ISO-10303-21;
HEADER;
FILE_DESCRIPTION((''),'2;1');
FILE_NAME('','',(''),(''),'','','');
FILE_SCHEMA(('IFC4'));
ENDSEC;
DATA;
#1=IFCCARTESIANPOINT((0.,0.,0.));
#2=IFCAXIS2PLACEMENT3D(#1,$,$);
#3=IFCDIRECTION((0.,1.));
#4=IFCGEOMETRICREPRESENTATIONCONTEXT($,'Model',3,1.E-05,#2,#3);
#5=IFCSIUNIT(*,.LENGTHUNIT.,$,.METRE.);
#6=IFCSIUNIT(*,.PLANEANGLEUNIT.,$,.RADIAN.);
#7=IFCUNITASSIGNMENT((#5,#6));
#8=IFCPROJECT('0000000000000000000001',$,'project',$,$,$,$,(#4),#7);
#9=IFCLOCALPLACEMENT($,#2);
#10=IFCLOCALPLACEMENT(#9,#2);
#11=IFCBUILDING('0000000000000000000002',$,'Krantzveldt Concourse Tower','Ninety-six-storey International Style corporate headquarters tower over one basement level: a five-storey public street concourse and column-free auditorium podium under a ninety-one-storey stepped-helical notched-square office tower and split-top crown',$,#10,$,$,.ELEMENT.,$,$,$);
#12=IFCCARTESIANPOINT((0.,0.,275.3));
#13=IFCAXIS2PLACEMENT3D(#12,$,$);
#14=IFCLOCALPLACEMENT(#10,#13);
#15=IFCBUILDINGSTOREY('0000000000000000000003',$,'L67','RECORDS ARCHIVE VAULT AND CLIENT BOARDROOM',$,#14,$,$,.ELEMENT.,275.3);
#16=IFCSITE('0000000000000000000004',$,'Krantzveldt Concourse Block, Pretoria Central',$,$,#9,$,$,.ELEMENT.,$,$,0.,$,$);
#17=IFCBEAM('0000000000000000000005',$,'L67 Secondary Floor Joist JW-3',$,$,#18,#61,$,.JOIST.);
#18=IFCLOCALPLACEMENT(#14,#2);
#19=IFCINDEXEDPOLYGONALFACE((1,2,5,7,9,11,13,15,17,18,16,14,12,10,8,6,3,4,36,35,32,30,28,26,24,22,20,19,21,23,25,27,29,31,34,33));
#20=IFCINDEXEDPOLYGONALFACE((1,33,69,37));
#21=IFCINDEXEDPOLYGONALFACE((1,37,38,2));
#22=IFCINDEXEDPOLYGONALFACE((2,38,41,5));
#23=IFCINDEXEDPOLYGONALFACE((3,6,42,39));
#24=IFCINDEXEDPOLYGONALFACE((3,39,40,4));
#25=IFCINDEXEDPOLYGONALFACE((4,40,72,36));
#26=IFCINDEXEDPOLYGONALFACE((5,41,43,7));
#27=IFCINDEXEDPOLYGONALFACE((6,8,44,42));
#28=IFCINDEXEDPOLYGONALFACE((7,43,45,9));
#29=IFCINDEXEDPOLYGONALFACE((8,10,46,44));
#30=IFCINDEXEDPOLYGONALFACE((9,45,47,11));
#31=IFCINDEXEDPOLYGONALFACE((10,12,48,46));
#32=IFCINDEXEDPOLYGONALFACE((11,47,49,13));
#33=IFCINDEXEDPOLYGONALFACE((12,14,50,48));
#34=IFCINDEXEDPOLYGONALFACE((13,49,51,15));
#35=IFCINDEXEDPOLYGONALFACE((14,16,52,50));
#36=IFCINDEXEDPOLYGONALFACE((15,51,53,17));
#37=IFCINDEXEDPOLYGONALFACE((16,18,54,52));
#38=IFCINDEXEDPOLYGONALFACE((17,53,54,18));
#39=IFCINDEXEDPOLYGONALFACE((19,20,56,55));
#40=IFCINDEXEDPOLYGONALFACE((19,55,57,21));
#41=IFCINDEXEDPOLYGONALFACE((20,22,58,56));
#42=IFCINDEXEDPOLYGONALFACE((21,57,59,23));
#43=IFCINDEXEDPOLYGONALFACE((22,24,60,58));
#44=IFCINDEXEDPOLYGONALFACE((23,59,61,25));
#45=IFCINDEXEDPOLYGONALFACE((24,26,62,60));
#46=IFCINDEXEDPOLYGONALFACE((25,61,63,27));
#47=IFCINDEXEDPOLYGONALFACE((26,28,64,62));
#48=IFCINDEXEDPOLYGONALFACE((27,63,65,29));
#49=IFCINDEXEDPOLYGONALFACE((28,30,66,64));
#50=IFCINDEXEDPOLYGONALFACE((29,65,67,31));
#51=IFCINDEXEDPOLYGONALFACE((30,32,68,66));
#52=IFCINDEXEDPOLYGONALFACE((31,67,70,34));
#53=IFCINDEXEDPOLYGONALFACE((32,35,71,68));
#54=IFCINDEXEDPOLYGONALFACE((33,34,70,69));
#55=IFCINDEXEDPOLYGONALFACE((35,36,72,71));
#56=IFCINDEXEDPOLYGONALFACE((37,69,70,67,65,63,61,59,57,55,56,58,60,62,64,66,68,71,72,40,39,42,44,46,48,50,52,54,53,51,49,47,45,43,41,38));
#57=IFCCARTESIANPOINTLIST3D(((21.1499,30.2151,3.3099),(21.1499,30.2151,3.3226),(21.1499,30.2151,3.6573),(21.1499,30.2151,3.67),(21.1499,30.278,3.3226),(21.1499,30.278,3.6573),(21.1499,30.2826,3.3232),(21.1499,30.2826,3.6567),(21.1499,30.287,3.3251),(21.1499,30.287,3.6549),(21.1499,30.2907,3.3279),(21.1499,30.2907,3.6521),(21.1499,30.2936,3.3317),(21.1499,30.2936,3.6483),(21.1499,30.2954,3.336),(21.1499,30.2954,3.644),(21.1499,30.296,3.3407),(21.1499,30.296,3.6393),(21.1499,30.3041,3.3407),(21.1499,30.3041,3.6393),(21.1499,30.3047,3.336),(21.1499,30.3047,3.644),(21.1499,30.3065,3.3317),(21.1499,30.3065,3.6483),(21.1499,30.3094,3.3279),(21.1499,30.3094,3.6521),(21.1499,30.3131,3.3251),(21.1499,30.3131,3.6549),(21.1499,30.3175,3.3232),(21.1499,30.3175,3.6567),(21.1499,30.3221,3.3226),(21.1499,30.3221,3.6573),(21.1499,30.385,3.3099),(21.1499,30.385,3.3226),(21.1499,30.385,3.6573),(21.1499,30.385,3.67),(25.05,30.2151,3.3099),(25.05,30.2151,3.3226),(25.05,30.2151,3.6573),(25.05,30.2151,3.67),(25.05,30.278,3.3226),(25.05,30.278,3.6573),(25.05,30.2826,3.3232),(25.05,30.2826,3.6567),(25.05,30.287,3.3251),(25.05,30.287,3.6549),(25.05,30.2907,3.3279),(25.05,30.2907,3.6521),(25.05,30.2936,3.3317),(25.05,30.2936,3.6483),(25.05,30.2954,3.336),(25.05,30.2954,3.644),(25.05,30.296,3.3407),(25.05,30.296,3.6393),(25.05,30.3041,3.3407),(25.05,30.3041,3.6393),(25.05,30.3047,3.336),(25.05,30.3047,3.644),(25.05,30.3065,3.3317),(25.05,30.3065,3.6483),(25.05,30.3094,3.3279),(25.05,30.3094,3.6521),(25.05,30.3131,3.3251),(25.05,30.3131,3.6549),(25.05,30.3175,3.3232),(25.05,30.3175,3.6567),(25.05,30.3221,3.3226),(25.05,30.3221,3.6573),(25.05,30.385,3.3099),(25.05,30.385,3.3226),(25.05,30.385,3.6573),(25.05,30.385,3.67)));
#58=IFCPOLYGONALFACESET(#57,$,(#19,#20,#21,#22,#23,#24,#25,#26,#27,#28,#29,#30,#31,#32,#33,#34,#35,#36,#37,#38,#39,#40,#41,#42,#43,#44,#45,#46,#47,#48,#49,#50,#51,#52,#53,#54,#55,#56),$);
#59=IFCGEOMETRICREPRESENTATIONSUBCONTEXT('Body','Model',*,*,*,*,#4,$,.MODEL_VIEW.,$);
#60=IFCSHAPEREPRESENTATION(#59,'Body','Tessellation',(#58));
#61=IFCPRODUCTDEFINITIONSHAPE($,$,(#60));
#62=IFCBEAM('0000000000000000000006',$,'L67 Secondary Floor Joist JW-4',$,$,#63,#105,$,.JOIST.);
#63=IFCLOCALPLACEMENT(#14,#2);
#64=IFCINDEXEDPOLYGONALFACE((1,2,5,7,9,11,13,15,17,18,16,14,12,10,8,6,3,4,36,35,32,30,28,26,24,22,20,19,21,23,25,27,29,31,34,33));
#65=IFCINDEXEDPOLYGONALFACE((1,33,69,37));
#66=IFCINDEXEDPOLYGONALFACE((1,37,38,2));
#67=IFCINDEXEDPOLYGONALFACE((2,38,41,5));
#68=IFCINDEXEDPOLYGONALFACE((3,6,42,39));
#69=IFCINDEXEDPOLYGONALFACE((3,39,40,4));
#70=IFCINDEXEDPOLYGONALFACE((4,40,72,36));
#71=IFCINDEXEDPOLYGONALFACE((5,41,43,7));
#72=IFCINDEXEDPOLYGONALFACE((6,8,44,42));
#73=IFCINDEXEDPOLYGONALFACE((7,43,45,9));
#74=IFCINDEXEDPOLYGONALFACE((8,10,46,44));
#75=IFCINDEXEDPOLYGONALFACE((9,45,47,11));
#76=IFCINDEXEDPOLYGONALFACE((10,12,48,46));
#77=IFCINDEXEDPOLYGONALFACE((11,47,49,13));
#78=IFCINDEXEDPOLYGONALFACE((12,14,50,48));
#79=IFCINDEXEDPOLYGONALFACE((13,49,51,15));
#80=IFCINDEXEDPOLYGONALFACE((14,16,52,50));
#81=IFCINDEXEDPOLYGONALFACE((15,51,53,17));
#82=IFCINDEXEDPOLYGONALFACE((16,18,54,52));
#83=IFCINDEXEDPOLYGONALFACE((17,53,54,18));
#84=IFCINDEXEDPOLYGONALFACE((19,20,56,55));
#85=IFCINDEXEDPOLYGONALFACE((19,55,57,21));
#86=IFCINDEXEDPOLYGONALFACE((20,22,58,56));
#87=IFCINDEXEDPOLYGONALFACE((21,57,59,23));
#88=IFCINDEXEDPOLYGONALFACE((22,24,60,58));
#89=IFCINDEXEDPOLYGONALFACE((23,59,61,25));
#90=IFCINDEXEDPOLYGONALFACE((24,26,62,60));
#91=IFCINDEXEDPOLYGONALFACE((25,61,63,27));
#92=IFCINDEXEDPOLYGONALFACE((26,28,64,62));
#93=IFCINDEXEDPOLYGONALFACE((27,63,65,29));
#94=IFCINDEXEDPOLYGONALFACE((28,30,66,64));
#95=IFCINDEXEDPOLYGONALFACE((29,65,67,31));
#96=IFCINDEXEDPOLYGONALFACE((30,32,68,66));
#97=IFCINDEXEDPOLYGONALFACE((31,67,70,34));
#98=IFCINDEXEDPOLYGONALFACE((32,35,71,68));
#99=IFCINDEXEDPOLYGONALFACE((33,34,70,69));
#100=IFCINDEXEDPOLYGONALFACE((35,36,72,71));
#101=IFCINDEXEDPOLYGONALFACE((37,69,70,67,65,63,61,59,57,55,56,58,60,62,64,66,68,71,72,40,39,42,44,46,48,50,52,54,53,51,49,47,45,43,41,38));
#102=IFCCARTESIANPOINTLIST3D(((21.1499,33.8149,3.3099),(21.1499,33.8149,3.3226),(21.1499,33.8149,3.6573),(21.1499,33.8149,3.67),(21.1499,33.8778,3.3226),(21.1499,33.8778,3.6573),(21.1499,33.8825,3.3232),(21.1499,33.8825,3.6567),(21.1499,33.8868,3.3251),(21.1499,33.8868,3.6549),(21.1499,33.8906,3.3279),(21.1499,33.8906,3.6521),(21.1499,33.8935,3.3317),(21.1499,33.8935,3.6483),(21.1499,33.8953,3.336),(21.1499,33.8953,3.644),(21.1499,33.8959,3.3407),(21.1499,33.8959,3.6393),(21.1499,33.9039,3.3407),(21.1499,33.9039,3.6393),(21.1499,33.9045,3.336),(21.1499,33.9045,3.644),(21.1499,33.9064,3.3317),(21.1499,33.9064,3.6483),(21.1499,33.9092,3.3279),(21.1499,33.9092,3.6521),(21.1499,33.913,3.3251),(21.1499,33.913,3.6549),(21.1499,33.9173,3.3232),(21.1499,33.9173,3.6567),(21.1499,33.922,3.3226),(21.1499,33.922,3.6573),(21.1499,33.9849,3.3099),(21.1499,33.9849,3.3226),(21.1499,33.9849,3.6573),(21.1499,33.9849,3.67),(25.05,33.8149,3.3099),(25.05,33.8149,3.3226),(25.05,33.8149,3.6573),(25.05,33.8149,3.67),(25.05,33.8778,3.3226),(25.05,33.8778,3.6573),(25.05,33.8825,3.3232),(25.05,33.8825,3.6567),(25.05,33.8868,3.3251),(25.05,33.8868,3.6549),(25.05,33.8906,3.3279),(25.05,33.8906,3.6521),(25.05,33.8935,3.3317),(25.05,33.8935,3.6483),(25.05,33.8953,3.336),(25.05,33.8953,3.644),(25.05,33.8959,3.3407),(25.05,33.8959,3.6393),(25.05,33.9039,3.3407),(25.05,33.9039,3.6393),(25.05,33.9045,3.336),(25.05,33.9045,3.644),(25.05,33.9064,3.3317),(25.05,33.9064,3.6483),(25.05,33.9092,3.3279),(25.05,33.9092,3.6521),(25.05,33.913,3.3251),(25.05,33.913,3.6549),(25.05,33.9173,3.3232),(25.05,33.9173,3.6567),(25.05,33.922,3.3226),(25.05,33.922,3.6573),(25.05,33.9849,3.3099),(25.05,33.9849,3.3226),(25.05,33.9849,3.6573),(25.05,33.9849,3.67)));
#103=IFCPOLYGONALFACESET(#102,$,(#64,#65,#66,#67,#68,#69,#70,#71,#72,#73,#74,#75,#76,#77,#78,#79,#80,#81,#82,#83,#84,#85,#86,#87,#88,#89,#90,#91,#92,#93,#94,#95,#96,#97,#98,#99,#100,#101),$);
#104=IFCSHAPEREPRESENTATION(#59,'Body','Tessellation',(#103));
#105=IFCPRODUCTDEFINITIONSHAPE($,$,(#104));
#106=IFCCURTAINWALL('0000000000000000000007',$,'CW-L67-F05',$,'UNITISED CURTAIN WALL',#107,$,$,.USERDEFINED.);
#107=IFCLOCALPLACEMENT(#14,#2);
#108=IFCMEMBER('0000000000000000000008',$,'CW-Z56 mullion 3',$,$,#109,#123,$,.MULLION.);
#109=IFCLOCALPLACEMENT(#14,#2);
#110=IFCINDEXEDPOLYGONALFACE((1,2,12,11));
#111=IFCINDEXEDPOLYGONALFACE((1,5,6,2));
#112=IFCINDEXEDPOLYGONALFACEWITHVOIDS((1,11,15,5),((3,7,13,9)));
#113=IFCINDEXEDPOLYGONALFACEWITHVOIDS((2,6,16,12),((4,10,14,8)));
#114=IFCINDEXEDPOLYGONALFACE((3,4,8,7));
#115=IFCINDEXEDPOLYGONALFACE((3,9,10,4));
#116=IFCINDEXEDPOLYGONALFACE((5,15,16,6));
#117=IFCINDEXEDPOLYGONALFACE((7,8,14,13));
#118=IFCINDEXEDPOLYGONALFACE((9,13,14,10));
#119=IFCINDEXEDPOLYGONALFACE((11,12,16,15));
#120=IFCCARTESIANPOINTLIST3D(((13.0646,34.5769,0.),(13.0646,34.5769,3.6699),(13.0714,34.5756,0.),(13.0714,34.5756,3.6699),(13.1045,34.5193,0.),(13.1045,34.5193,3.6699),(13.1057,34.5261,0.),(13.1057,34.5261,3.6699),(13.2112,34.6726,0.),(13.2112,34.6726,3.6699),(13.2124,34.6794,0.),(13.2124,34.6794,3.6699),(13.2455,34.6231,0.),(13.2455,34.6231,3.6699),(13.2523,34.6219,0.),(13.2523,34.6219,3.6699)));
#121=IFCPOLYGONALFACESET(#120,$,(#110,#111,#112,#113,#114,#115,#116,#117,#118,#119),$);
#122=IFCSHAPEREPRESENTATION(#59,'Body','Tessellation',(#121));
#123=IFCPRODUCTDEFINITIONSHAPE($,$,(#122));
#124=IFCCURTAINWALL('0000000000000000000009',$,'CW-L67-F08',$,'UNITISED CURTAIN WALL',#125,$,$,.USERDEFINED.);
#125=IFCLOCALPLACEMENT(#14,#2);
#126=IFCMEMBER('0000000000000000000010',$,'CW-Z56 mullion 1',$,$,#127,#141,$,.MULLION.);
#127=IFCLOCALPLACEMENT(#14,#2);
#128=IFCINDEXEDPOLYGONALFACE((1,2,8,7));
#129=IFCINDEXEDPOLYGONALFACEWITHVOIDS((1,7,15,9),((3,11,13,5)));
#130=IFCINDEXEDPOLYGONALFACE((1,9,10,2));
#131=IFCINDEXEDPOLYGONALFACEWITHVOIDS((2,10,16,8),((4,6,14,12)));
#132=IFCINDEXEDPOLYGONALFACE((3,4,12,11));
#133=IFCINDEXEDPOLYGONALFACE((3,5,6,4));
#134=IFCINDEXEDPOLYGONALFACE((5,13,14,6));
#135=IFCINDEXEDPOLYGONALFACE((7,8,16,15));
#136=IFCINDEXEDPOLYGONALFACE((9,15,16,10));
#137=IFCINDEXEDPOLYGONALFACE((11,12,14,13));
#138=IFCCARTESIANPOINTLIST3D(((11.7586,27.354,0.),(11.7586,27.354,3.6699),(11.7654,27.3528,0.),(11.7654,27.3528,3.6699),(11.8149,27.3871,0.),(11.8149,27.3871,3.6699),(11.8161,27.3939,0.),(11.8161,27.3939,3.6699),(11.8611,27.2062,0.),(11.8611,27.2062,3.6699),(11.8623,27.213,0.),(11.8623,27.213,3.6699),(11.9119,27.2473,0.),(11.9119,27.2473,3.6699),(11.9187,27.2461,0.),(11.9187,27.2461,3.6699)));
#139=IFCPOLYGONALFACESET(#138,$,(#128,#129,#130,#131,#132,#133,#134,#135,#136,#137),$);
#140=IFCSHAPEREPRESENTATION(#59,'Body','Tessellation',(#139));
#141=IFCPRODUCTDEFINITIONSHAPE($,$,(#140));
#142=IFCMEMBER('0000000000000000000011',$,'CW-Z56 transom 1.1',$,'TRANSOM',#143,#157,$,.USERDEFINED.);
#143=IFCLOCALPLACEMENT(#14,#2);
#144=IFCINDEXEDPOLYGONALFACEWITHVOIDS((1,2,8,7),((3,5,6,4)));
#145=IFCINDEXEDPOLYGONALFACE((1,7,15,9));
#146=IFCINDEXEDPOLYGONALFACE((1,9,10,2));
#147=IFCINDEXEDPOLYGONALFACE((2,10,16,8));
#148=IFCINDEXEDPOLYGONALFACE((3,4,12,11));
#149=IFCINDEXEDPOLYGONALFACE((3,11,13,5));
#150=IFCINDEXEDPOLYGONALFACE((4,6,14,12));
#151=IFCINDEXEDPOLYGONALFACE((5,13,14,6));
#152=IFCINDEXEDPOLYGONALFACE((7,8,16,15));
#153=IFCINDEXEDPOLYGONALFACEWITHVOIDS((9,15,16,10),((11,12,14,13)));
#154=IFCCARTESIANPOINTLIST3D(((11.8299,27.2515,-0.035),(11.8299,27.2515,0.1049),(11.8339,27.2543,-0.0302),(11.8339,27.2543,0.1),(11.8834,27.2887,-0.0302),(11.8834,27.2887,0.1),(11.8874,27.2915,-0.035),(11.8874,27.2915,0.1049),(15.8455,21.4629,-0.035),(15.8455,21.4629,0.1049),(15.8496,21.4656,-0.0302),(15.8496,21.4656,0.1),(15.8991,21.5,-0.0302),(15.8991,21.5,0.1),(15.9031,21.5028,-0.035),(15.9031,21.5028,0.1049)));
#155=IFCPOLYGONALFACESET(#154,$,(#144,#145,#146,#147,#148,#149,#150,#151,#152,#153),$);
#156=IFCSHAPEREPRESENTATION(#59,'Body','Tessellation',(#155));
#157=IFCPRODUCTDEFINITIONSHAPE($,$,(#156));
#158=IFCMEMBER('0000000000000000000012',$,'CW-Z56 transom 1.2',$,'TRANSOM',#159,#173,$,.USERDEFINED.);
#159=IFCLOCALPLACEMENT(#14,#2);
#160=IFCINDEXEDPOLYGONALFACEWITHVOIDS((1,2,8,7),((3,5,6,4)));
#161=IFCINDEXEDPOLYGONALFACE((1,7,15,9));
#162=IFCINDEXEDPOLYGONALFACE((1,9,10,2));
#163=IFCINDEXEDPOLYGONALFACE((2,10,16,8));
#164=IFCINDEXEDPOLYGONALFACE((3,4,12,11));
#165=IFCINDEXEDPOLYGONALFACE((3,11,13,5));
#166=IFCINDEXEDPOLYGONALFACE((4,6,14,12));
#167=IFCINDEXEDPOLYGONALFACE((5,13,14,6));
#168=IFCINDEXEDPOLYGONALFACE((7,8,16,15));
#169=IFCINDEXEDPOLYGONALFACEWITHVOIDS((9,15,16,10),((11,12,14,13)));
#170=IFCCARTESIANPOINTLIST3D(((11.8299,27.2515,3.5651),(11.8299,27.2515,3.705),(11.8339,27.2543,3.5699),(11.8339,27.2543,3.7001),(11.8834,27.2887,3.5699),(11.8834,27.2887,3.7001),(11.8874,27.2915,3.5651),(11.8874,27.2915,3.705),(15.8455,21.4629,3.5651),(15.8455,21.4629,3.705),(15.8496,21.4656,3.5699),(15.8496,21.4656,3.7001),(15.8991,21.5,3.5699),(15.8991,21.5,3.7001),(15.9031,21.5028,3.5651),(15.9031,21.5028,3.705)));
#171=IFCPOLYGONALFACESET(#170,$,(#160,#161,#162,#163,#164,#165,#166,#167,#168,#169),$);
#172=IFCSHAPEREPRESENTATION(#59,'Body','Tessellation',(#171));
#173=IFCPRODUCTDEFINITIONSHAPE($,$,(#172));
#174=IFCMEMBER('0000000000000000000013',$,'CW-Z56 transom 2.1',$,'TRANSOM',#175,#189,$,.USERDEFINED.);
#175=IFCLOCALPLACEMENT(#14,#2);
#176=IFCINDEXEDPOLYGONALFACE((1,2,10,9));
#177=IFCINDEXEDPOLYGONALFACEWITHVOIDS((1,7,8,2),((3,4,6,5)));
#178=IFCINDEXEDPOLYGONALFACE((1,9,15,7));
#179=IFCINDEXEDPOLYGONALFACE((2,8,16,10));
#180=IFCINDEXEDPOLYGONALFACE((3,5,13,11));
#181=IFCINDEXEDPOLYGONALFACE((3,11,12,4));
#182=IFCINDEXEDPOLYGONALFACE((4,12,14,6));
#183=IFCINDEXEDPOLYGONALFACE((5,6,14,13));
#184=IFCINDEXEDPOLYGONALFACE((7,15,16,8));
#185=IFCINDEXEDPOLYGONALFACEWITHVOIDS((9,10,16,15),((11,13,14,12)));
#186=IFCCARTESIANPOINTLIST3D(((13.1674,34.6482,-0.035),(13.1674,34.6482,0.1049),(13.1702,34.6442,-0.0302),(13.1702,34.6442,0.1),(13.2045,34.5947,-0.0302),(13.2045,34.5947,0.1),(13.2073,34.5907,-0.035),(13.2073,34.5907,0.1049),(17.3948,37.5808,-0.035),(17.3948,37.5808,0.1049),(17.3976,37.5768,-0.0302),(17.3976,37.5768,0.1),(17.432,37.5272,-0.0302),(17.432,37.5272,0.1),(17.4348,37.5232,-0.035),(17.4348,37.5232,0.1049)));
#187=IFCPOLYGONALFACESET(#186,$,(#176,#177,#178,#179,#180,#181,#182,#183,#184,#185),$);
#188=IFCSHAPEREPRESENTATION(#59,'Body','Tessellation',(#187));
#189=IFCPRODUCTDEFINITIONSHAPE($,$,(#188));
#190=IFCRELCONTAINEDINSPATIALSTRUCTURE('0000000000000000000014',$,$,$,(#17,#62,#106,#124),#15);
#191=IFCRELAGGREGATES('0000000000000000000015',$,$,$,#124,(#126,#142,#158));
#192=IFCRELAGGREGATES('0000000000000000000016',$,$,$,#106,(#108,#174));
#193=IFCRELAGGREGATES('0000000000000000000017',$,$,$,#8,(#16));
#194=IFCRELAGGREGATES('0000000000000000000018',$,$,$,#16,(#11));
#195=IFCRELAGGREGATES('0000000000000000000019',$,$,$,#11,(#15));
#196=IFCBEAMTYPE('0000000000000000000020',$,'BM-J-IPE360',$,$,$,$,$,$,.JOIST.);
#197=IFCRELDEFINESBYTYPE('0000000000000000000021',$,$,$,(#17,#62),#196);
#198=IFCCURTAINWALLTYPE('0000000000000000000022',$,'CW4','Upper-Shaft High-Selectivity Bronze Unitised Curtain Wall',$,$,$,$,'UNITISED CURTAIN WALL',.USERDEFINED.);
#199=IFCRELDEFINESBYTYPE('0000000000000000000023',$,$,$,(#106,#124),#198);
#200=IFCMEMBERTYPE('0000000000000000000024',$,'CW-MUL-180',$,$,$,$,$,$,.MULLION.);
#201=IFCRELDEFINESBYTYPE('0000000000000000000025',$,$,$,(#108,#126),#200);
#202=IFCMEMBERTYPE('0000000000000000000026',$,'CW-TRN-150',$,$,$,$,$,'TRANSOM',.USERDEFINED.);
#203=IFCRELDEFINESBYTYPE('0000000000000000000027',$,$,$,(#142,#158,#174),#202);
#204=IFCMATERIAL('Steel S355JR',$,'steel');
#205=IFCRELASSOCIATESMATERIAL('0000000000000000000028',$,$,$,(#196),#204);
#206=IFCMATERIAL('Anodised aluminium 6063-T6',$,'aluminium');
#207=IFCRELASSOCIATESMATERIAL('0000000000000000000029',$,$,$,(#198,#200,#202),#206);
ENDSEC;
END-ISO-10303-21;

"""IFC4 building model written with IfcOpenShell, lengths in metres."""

from ifc_helpers import new_model, si_unit, direction, frame, origin, origin_2d, place, context, subcontext, project, spatial, hollow_rectangle, i_section, extrude, source, transform, mapped, material, material_profile, profile_set, type_object, type_shapes, element, aggregate, save


model = new_model("IFC4")

# Units and contexts
model_context = context("Model", 3, precision=1e-05, world=origin(), true_north=direction((0.0, 1.0)))
body_context = subcontext(model_context, "Body", "Model", "MODEL_VIEW")
ifc_project = project(units=[si_unit("LENGTHUNIT", "METRE"), si_unit("PLANEANGLEUNIT", "RADIAN")], contexts=[model_context])

# Site, building, storey
site_placement = place(None, origin())
site = spatial("IfcSite", under=ifc_project, at=site_placement, Name="Krantzveldt Concourse Block, Pretoria Central", CompositionType="ELEMENT", RefElevation=0.0)
building_placement = place(site_placement, origin())
building = spatial("IfcBuilding", under=site, at=building_placement, Name="Krantzveldt Concourse Tower", Description="Ninety-six-storey International Style corporate headquarters tower over one basement level: a five-storey public street concourse and column-free auditorium podium under a ninety-one-storey stepped-helical notched-square office tower and split-top crown", CompositionType="ELEMENT")
storey_placement = place(building_placement, frame((0.0, 0.0, 275.3)))
storey = spatial("IfcBuildingStorey", under=building, at=storey_placement, Name="L67", Description="RECORDS ARCHIVE VAULT AND CLIENT BOARDROOM", CompositionType="ELEMENT", Elevation=275.3)

# Beams
ifc_material_1 = material(Name="Steel S355JR", Category="steel")
ifc_material_profile_1 = material_profile(ifc_material_1, i_section(OverallWidth=0.1699, OverallDepth=0.3601, WebThickness=0.0081, FlangeThickness=0.0127, FilletRadius=0.0181, at=origin_2d()), Name="Steel S355JR", Category="steel")
ifc_profile_set_1 = profile_set([ifc_material_profile_1], Name="Steel S355JR - IPE 360")
beam_type_1 = type_object("IfcBeamType", Name="BM-J-IPE360", PredefinedType="JOIST", material=ifc_profile_set_1)
shared_shape_1 = source(origin(), body_context, "Body", "SweptSolid", [
    extrude(i_section(OverallWidth=0.1699, OverallDepth=0.3601, WebThickness=0.0081, FlangeThickness=0.0127, FilletRadius=0.0181, at=origin_2d()), origin(), (0.0, 0.0, 1.0), 3.9001),
])
for number, where, z_axis, x_axis, name in (
    (1, (21.1499, 30.3, 3.49), (1.0, 0.0, 0.0), (0.0, 1.0, 0.0), "L67 Secondary Floor Joist JW-3"),
    (2, (21.1499, 33.8999, 3.49), (1.0, 0.0, 0.0), (0.0, 1.0, 0.0), "L67 Secondary Floor Joist JW-4"),
):
    element("IfcBeam", number, at=place(storey_placement, frame(where, z_axis=z_axis, x_axis=x_axis)), inside=storey, type_object=beam_type_1, Name=name, PredefinedType="JOIST", context=body_context, shape_type="MappedRepresentation", body=[
        mapped(shared_shape_1, transform((0.0, 0.0, 0.0), x_axis=(1.0, 0.0, 0.0), y_axis=(0.0, 1.0, 0.0), z_axis=(0.0, 0.0, 1.0), scale=1.0)),
    ])

# Curtain wall, member
ifc_material_2 = material(Name="Anodised aluminium 6063-T6", Category="aluminium")
curtain_wall_type = type_object("IfcCurtainWallType", Name="CW4", Description="Upper-Shaft High-Selectivity Bronze Unitised Curtain Wall", ElementType="UNITISED CURTAIN WALL", PredefinedType="USERDEFINED", material=ifc_material_2)
curtain_wall_1_placement = place(storey_placement, origin())
curtain_wall_1 = element("IfcCurtainWall", 3, at=curtain_wall_1_placement, inside=storey, type_object=curtain_wall_type, Name="CW-L67-F05", ObjectType="UNITISED CURTAIN WALL", PredefinedType="USERDEFINED")
ifc_material_profile_2 = material_profile(ifc_material_2, hollow_rectangle(XDim=0.0701, YDim=0.1799, WallThickness=0.0049, at=origin_2d()), Name="Anodised aluminium 6063-T6", Category="aluminium")
ifc_profile_set_2 = profile_set([ifc_material_profile_2], Name="Anodised aluminium 6063-T6 - ALU-MULL 180x70x5")
member_type_1 = type_object("IfcMemberType", Name="CW-MUL-180", PredefinedType="MULLION", material=ifc_profile_set_2)
shared_shape_2 = source(origin(), body_context, "Body", "SweptSolid", [
    extrude(hollow_rectangle(XDim=0.0701, YDim=0.1799, WallThickness=0.0049, at=origin_2d()), origin(), (0.0, 0.0, 1.0), 3.6699),
])
type_shapes(member_type_1, [shared_shape_2])
member_1_placement = place(storey_placement, frame((13.1584, 34.5994, 0.0), z_axis=(0.0, 0.0, 1.0), x_axis=(0.569996, -0.821647, 0.0)))
member_1 = element("IfcMember", 4, at=member_1_placement, type_object=member_type_1, Name="CW-Z56 mullion 3", PredefinedType="MULLION", context=body_context, shape_type="MappedRepresentation", body=[
    mapped(shared_shape_2, transform((0.0, 0.0, 0.0), x_axis=(1.0, 0.0, 0.0), y_axis=(0.0, 1.0, 0.0), z_axis=(0.0, 0.0, 1.0), scale=1.0)),
])

# Curtain wall, members
curtain_wall_2_placement = place(storey_placement, origin())
curtain_wall_2 = element("IfcCurtainWall", 5, at=curtain_wall_2_placement, inside=storey, type_object=curtain_wall_type, Name="CW-L67-F08", ObjectType="UNITISED CURTAIN WALL", PredefinedType="USERDEFINED")
member_2_placement = place(storey_placement, frame((11.8386, 27.3, 0.0), z_axis=(0.0, 0.0, 1.0), x_axis=(0.821647, 0.569997, 0.0)))
member_2 = element("IfcMember", 6, at=member_2_placement, type_object=member_type_1, Name="CW-Z56 mullion 1", PredefinedType="MULLION", context=body_context, shape_type="MappedRepresentation", body=[
    mapped(shared_shape_2, transform((0.0, 0.0, 0.0), x_axis=(1.0, 0.0, 0.0), y_axis=(0.0, 1.0, 0.0), z_axis=(0.0, 0.0, 1.0), scale=1.0)),
])
ifc_material_profile_3 = material_profile(ifc_material_2, hollow_rectangle(XDim=0.0701, YDim=0.1399, WallThickness=0.0049, at=origin_2d()), Name="Anodised aluminium 6063-T6", Category="aluminium")
ifc_profile_set_3 = profile_set([ifc_material_profile_3], Name="Anodised aluminium 6063-T6 - ALU-TRAN 140x70x5")
member_type_2 = type_object("IfcMemberType", Name="CW-TRN-150", ElementType="TRANSOM", PredefinedType="USERDEFINED", material=ifc_profile_set_3)
shared_shape_3 = source(origin(), body_context, "Body", "SweptSolid", [
    extrude(hollow_rectangle(XDim=0.0701, YDim=0.1399, WallThickness=0.0049, at=origin_2d()), origin(), (0.0, 0.0, 1.0), 7.0452),
])
member_3_placement = place(storey_placement, frame((11.8586, 27.2715, 0.0349), z_axis=(0.569992, -0.82165, 0.0), x_axis=(0.82165, 0.569992, 0.0)))
member_3 = element("IfcMember", 7, at=member_3_placement, type_object=member_type_2, Name="CW-Z56 transom 1.1", ObjectType="TRANSOM", PredefinedType="USERDEFINED", context=body_context, shape_type="MappedRepresentation", body=[
    mapped(shared_shape_3, transform((0.0, 0.0, 0.0), x_axis=(1.0, 0.0, 0.0), y_axis=(0.0, 1.0, 0.0), z_axis=(0.0, 0.0, 1.0), scale=1.0)),
])
member_4_placement = place(storey_placement, frame((11.8586, 27.2715, 3.635), z_axis=(0.569992, -0.82165, 0.0), x_axis=(0.82165, 0.569992, 0.0)))
member_4 = element("IfcMember", 8, at=member_4_placement, type_object=member_type_2, Name="CW-Z56 transom 1.2", ObjectType="TRANSOM", PredefinedType="USERDEFINED", context=body_context, shape_type="MappedRepresentation", body=[
    mapped(shared_shape_3, transform((0.0, 0.0, 0.0), x_axis=(1.0, 0.0, 0.0), y_axis=(0.0, 1.0, 0.0), z_axis=(0.0, 0.0, 1.0), scale=1.0)),
])
aggregate(curtain_wall_2, [member_2, member_3, member_4])

# Member
shared_shape_4 = source(origin(), body_context, "Body", "SweptSolid", [
    extrude(hollow_rectangle(XDim=0.0701, YDim=0.1399, WallThickness=0.0049, at=origin_2d()), origin(), (0.0, 0.0, 1.0), 5.145),
])
type_shapes(member_type_2, [shared_shape_3, shared_shape_4])
member_5_placement = place(storey_placement, frame((17.4148, 37.552, 0.0349), z_axis=(-0.821659, -0.56998, 0.0), x_axis=(0.56998, -0.821659, 0.0)))
member_5 = element("IfcMember", 9, at=member_5_placement, type_object=member_type_2, Name="CW-Z56 transom 2.1", ObjectType="TRANSOM", PredefinedType="USERDEFINED", context=body_context, shape_type="MappedRepresentation", body=[
    mapped(shared_shape_4, transform((0.0, 0.0, 0.0), x_axis=(1.0, 0.0, 0.0), y_axis=(0.0, 1.0, 0.0), z_axis=(0.0, 0.0, 1.0), scale=1.0)),
])

aggregate(curtain_wall_1, [member_1, member_5])

save(model, "model.ifc")
